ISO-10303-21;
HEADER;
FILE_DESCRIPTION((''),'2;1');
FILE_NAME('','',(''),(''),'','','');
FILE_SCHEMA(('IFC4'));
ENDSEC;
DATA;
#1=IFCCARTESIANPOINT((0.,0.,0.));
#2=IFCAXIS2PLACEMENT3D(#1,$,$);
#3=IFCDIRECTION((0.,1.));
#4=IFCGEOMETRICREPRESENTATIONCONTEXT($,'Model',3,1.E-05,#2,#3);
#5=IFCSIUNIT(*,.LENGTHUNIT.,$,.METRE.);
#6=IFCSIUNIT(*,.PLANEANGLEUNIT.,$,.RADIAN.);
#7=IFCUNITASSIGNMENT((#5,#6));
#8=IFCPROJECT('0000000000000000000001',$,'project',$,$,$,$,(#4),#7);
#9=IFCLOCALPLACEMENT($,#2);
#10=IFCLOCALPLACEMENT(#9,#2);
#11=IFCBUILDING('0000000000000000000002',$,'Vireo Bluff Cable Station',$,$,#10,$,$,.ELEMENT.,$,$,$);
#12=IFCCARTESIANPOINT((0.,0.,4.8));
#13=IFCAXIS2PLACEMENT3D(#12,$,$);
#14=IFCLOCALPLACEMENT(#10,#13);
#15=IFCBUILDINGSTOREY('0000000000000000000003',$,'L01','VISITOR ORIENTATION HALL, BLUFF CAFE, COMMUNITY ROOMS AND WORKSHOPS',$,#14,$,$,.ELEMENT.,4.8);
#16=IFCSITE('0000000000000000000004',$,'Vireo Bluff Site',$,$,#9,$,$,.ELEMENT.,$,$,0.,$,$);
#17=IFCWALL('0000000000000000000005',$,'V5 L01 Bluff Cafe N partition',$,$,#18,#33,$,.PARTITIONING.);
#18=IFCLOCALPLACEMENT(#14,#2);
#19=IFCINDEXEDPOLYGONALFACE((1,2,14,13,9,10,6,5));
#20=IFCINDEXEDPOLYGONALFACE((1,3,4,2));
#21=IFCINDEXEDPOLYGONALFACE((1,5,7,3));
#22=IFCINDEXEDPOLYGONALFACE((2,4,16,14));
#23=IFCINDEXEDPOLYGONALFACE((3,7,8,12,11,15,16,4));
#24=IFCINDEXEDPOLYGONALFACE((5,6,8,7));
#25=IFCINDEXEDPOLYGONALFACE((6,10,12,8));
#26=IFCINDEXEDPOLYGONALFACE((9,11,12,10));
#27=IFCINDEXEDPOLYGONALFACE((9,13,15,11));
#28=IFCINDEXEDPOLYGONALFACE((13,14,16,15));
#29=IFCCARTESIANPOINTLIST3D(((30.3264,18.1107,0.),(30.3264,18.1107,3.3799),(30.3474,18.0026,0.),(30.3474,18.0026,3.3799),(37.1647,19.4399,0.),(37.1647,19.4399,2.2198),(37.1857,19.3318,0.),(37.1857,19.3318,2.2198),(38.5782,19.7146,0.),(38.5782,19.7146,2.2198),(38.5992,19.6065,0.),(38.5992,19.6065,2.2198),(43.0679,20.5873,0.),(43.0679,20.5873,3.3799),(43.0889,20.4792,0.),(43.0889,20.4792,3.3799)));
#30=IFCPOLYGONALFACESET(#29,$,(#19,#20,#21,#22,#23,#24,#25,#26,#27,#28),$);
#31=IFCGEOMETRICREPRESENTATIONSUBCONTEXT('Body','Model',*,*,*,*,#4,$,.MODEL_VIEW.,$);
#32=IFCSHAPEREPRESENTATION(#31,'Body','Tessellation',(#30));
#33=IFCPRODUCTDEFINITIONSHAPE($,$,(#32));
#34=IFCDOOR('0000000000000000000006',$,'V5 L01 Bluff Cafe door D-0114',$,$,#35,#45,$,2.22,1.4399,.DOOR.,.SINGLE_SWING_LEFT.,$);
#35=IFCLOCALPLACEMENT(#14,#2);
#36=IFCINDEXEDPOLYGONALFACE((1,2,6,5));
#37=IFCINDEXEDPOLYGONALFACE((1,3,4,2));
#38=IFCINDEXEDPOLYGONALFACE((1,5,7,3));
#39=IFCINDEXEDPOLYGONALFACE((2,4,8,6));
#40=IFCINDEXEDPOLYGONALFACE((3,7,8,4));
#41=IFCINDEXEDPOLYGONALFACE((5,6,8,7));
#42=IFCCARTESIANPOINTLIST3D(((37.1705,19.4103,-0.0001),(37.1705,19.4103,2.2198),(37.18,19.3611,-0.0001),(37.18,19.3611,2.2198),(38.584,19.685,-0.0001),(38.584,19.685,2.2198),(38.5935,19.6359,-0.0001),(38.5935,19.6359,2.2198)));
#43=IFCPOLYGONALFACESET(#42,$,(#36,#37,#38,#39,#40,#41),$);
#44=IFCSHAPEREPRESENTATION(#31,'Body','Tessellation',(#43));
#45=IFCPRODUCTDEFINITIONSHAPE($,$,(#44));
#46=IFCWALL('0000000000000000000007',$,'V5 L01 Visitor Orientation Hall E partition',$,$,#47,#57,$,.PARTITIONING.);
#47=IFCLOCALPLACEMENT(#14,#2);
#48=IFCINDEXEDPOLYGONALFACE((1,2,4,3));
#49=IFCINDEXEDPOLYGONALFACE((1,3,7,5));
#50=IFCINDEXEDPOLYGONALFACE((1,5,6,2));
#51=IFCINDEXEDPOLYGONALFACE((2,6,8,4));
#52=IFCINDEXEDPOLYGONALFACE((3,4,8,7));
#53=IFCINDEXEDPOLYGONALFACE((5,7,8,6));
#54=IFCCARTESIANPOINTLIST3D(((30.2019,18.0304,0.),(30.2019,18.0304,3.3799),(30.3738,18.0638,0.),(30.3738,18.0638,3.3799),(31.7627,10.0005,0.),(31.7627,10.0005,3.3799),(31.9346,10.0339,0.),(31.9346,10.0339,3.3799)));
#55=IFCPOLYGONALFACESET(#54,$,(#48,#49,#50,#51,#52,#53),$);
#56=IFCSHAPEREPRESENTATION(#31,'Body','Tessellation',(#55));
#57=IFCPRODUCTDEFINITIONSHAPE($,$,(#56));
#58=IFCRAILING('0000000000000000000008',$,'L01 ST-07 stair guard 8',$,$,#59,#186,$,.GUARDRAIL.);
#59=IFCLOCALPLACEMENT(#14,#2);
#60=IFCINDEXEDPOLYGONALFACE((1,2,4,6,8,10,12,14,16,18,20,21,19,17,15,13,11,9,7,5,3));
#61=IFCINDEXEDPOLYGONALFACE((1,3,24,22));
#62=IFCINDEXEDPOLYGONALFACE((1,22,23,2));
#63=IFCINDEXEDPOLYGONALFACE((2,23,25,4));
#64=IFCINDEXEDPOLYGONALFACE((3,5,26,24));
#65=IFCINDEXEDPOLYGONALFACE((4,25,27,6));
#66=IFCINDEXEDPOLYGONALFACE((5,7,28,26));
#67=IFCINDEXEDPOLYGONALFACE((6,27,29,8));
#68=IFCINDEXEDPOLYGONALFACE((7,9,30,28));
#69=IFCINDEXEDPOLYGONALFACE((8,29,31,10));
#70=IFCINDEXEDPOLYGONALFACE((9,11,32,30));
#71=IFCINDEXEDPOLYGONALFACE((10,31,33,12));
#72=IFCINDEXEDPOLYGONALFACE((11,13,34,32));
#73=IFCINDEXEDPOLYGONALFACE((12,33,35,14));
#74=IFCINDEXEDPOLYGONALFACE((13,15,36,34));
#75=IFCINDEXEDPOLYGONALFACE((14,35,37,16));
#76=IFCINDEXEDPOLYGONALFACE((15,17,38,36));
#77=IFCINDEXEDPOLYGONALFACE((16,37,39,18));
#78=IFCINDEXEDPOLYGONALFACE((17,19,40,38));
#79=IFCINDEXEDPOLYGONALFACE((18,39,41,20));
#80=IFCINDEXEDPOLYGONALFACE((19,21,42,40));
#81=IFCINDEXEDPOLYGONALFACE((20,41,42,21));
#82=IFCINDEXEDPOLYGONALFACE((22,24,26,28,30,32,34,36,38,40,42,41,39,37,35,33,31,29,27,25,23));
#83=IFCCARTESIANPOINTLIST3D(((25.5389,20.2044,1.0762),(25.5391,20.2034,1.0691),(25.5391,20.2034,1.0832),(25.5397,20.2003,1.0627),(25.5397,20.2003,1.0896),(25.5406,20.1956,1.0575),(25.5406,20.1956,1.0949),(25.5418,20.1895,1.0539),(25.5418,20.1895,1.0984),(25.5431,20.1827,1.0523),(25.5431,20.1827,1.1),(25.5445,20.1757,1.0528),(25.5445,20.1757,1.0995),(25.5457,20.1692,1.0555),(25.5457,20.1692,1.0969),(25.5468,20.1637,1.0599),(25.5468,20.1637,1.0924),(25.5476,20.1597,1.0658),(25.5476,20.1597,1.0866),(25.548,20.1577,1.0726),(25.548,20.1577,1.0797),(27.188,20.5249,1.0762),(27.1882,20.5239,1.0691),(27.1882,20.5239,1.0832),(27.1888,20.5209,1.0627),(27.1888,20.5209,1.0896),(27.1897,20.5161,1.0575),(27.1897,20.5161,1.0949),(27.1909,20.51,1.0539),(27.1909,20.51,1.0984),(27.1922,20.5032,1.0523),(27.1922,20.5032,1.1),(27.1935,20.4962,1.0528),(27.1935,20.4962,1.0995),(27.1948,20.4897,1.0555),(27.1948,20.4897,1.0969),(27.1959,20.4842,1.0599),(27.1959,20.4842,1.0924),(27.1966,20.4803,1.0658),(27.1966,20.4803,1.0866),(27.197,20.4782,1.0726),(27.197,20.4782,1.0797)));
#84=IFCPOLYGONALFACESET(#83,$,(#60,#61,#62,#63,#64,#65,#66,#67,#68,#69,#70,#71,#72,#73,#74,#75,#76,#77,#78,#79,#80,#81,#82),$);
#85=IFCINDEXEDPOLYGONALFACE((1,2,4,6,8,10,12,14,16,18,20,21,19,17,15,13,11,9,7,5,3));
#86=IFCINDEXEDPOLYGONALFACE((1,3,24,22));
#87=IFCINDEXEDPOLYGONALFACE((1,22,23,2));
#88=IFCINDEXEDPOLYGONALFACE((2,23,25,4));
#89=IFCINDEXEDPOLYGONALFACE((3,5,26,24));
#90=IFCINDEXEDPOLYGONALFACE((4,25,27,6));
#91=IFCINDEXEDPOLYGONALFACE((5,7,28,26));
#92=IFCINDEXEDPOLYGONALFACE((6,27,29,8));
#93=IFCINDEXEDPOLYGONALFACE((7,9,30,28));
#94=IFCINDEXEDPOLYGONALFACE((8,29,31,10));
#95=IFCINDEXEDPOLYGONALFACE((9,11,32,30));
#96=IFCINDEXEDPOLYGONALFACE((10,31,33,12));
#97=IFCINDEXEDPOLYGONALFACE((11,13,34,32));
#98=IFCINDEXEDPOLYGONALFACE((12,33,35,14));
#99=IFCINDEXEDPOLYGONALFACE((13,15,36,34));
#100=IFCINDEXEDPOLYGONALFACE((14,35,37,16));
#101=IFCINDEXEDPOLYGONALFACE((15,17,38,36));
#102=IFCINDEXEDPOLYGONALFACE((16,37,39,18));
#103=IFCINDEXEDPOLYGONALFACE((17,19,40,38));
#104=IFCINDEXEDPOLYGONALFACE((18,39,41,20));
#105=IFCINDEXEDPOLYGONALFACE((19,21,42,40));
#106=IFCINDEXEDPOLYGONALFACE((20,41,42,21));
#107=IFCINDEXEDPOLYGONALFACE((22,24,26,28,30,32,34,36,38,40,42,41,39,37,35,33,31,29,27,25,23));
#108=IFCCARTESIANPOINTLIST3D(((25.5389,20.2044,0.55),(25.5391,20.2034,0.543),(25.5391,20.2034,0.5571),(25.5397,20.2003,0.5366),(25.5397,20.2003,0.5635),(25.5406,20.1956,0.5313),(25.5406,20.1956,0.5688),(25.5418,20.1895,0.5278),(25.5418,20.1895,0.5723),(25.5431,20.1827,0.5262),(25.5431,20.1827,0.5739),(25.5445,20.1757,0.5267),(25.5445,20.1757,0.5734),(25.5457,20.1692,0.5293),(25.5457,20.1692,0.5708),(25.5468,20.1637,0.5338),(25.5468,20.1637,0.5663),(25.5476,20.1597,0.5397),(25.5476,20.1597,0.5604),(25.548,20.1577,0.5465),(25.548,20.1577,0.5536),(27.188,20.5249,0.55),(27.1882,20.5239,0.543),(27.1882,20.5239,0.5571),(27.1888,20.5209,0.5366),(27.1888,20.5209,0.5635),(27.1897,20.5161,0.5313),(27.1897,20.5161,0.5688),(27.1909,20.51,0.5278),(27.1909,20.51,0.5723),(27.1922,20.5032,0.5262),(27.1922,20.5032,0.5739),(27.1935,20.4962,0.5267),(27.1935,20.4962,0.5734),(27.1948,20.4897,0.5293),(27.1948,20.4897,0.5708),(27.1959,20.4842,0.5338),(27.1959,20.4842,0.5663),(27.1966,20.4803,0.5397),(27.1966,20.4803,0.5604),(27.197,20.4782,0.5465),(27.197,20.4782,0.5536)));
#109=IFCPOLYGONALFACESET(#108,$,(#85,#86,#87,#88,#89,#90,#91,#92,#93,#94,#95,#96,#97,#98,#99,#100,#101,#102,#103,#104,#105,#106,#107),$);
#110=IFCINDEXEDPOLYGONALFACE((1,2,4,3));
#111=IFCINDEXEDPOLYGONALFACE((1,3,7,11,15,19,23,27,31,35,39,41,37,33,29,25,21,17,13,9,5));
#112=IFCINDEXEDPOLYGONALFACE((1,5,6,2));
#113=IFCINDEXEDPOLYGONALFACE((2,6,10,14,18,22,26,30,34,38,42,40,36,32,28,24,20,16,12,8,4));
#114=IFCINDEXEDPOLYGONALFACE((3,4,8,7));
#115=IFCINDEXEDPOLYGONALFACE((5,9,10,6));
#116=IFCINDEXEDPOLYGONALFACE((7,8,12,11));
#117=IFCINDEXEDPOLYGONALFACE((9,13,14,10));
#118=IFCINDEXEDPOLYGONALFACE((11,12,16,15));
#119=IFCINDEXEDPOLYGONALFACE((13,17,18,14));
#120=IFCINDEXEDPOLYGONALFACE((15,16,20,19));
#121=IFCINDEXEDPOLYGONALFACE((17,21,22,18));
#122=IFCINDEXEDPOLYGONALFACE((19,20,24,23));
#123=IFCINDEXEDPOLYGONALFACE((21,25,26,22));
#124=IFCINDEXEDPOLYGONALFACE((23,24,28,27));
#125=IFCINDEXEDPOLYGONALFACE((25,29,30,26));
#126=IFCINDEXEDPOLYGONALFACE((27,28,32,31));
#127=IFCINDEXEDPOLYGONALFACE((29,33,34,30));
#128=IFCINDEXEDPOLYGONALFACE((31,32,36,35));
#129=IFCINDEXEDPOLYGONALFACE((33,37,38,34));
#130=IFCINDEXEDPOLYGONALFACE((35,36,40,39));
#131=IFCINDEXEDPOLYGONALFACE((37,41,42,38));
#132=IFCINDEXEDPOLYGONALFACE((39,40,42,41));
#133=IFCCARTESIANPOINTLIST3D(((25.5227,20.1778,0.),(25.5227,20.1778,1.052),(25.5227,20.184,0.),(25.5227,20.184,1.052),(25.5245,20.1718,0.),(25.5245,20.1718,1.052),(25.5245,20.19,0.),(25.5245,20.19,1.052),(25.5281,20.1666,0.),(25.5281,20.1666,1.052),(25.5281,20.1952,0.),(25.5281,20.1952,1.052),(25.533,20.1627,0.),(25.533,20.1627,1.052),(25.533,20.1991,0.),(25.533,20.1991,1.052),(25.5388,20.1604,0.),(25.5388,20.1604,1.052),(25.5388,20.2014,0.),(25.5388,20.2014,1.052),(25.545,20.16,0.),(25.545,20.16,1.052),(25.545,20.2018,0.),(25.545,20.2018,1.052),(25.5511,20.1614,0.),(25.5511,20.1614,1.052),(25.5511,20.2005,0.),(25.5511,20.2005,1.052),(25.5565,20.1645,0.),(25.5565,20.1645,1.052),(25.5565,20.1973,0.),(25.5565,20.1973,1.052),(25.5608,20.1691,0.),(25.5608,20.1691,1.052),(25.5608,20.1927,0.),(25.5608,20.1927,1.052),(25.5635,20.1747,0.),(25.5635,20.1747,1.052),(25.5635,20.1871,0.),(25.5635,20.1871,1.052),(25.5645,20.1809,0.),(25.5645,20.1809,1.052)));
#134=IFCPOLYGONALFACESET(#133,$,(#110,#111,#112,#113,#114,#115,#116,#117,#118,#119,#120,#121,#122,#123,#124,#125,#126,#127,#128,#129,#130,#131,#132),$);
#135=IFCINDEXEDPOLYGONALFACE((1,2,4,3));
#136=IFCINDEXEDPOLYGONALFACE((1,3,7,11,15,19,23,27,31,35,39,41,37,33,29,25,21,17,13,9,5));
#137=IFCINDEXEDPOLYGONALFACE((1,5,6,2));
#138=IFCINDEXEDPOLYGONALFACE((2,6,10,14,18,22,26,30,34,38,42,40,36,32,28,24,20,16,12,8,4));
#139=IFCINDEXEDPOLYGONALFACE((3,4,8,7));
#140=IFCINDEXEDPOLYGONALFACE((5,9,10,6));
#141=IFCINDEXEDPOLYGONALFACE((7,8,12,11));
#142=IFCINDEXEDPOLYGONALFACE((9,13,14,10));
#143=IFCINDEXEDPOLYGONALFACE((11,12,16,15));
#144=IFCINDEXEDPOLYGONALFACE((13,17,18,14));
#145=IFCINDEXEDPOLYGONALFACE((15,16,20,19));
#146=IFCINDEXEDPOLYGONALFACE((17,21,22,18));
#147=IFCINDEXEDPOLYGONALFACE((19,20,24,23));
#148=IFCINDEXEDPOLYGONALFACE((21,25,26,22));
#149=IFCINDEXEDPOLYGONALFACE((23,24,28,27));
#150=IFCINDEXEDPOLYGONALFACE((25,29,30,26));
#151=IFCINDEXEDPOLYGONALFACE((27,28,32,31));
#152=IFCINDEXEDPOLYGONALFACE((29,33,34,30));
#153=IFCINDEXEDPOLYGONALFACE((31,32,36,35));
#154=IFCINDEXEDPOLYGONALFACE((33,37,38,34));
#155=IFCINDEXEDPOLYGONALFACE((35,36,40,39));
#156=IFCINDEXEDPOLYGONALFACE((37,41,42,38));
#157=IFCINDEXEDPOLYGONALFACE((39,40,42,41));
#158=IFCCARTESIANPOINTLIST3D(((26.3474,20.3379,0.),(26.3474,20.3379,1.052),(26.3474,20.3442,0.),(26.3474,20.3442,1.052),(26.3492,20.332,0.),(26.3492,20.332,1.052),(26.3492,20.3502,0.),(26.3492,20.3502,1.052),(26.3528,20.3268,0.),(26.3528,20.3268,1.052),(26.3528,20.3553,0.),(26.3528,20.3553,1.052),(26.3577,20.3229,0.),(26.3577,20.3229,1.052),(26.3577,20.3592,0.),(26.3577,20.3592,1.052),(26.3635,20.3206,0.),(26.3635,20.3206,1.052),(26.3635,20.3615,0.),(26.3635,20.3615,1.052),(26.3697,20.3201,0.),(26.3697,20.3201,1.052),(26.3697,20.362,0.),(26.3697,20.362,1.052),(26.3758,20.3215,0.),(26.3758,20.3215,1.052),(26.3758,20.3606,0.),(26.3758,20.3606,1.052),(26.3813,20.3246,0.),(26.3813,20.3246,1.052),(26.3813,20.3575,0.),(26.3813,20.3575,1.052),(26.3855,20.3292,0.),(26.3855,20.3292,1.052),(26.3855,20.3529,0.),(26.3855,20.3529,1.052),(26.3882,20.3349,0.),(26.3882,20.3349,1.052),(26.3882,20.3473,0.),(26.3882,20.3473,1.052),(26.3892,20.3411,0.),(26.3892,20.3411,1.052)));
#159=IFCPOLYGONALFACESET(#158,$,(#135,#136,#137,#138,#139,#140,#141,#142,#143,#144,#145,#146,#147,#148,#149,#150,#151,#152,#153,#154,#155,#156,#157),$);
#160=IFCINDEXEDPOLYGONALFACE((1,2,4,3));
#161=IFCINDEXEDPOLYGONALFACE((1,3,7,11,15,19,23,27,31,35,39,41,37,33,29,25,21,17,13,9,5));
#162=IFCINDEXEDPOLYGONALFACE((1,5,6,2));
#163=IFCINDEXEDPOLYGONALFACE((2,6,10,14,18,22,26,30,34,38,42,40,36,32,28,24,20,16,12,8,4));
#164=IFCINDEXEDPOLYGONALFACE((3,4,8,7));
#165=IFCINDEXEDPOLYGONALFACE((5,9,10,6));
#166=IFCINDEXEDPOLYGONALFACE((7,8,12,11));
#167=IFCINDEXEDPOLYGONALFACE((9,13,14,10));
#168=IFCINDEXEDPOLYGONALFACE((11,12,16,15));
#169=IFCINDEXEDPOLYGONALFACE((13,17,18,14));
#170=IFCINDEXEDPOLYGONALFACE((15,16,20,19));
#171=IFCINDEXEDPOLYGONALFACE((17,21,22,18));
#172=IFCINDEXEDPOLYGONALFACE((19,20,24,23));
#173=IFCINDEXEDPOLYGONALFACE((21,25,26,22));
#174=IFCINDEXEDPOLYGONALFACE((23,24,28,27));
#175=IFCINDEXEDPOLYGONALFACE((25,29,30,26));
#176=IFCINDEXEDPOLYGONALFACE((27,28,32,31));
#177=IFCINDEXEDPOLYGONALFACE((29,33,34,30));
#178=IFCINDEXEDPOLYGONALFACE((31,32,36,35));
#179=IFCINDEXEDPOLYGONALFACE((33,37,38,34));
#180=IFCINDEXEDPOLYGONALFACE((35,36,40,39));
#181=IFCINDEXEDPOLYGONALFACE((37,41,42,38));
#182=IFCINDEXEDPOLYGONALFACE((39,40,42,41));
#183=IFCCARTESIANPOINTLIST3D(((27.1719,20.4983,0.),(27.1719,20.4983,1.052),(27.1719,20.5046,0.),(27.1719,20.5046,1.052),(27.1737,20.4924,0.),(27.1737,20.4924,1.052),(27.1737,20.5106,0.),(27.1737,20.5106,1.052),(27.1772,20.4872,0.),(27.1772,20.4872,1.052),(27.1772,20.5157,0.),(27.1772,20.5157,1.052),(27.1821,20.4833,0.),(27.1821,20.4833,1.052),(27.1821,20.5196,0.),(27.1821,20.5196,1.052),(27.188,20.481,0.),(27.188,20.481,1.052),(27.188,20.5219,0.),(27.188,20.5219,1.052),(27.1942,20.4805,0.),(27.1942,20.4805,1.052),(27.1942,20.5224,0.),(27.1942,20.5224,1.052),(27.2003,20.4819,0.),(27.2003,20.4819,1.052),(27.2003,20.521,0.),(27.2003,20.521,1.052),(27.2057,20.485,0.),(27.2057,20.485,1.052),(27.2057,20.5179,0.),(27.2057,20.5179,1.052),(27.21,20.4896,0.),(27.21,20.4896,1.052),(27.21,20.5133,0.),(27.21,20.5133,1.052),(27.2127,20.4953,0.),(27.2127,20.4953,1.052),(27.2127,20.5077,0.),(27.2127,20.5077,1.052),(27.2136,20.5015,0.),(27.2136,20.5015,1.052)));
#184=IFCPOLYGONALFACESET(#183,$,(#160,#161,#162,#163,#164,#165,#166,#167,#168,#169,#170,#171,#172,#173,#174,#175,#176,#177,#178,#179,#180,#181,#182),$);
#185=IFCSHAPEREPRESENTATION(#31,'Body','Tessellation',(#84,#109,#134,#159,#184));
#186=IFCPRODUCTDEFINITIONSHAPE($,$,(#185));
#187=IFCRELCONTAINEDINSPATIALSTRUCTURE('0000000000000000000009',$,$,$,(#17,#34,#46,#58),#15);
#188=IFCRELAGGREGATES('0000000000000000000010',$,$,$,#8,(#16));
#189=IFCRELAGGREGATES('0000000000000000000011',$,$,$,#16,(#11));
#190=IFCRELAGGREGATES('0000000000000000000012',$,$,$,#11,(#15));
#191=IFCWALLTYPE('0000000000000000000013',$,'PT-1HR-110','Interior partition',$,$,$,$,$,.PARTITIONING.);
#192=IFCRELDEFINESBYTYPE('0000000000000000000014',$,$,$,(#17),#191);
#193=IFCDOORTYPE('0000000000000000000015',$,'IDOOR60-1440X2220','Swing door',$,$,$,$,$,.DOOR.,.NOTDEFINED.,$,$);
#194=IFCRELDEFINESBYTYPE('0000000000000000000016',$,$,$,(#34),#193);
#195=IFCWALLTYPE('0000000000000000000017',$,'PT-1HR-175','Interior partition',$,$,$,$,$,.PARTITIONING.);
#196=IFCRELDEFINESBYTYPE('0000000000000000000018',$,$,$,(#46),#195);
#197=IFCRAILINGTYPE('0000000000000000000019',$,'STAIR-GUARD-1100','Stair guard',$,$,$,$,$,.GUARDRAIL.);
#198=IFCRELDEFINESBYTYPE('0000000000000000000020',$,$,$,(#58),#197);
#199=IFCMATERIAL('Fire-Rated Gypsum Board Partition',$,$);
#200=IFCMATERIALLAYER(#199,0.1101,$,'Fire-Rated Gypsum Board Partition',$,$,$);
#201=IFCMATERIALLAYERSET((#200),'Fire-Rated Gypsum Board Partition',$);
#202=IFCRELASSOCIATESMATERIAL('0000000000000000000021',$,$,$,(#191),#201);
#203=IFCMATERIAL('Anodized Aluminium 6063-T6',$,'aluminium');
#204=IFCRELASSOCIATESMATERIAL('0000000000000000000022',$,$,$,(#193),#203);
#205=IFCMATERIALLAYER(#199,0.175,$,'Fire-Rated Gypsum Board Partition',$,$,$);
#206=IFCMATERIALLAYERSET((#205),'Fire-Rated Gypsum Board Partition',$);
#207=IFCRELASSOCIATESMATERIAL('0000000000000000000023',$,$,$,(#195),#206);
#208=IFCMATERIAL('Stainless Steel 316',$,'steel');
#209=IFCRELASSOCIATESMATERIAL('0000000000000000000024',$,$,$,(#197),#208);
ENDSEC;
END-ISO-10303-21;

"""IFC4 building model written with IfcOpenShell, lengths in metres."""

from ifc_helpers import new_model, si_unit, direction, frame, frame_2d, origin, origin_with_axes, origin_2d, place, context, subcontext, project, spatial, rectangle, circle, extrude, material, layer, layer_set, type_object, element, fill, save


model = new_model("IFC4")

# Units and contexts
model_context = context("Model", 3, precision=1e-05, world=origin(), true_north=direction((0.0, 1.0)))
body_context = subcontext(model_context, "Body", "Model", "MODEL_VIEW")
ifc_project = project(units=[si_unit("LENGTHUNIT", "METRE"), si_unit("PLANEANGLEUNIT", "RADIAN")], contexts=[model_context])

# Site, building, storey
site_placement = place(None, origin())
site = spatial("IfcSite", under=ifc_project, at=site_placement, Name="Vireo Bluff Site", CompositionType="ELEMENT", RefElevation=0.0)
building_placement = place(site_placement, origin())
building = spatial("IfcBuilding", under=site, at=building_placement, Name="Vireo Bluff Cable Station", CompositionType="ELEMENT")
storey_placement = place(building_placement, frame((0.0, 0.0, 4.8)))
storey = spatial("IfcBuildingStorey", under=building, at=storey_placement, Name="L01", Description="VISITOR ORIENTATION HALL, BLUFF CAFE, COMMUNITY ROOMS AND WORKSHOPS", CompositionType="ELEMENT", Elevation=4.8)

# Shared definitions
ifc_material_1 = material(Name="Anodized Aluminium 6063-T6", Category="aluminium")

# Wall, opening, door
ifc_material_2 = material(Name="Fire-Rated Gypsum Board Partition")
ifc_layer_1 = layer(ifc_material_2, 0.1101, Name="Fire-Rated Gypsum Board Partition")
ifc_layer_set_1 = layer_set([ifc_layer_1], Name="Fire-Rated Gypsum Board Partition")
wall_type_1 = type_object("IfcWallType", Name="PT-1HR-110", Description="Interior partition", PredefinedType="PARTITIONING", material=ifc_layer_set_1)
wall_1_placement = place(storey_placement, frame((30.3369, 18.0566, 0.0), z_axis=(0.0, 0.0, 1.0), x_axis=(0.981629, 0.1908, 0.0)))
wall_1 = element("IfcWall", 1, at=wall_1_placement, inside=storey, type_object=wall_type_1, Name="V5 L01 Bluff Cafe N partition", PredefinedType="PARTITIONING", context=body_context, shape_type="SweptSolid", body=[
    extrude(rectangle(XDim=12.98, YDim=0.1101, at=frame_2d((6.49, 0.0))), origin(), (0.0, 0.0, 1.0), 3.3799),
])
opening_placement = place(wall_1_placement, frame((6.9663, 0.0, 0.0)))
opening = element("IfcOpeningElement", 2, at=opening_placement, cuts=wall_1, PredefinedType="OPENING", context=body_context, shape_type="SweptSolid", body=[
    extrude(rectangle(XDim=1.4399, YDim=2.22, at=frame_2d((0.72, 1.1099))), frame((0.0, 0.0649, 0.0), z_axis=(0.0, -1.0, 0.0), x_axis=(1.0, 0.0, 0.0)), (0.0, 0.0, 1.0), 0.1301),
])
door_type = type_object("IfcDoorType", Name="IDOOR60-1440X2220", Description="Swing door", OperationType="NOTDEFINED", PredefinedType="DOOR", material=ifc_material_1)
door_placement = place(opening_placement, origin_with_axes())
door = element("IfcDoor", 3, at=door_placement, inside=storey, type_object=door_type, Name="V5 L01 Bluff Cafe door D-0114", OperationType="SINGLE_SWING_LEFT", OverallHeight=2.22, OverallWidth=1.4399, PredefinedType="DOOR", context=body_context, shape_type="SweptSolid", body=[
    extrude(rectangle(XDim=1.4399, YDim=2.22, at=frame_2d((0.72, 1.1099))), frame((0.0, 0.0249, 0.0), z_axis=(0.0, -1.0, 0.0), x_axis=(1.0, 0.0, 0.0)), (0.0, 0.0, 1.0), 0.05),
])
fill(opening, door)

# Wall
ifc_layer_2 = layer(ifc_material_2, 0.175, Name="Fire-Rated Gypsum Board Partition")
ifc_layer_set_2 = layer_set([ifc_layer_2], Name="Fire-Rated Gypsum Board Partition")
wall_type_2 = type_object("IfcWallType", Name="PT-1HR-175", Description="Interior partition", PredefinedType="PARTITIONING", material=ifc_layer_set_2)
wall_2_placement = place(storey_placement, frame((30.2878, 18.0471, 0.0), z_axis=(0.0, 0.0, 1.0), x_axis=(0.190804, -0.981628, 0.0)))
element("IfcWall", 4, at=wall_2_placement, inside=storey, type_object=wall_type_2, Name="V5 L01 Visitor Orientation Hall E partition", PredefinedType="PARTITIONING", context=body_context, shape_type="SweptSolid", body=[
    extrude(rectangle(XDim=8.1802, YDim=0.175, at=frame_2d((4.0901, 0.0))), origin(), (0.0, 0.0, 1.0), 3.3799),
])

# Railing
ifc_material_3 = material(Name="Stainless Steel 316", Category="steel")
railing_type = type_object("IfcRailingType", Name="STAIR-GUARD-1100", Description="Stair guard", PredefinedType="GUARDRAIL", material=ifc_material_3)
railing_1_placement = place(storey_placement, frame((25.5435, 20.1809, 0.0)))
element("IfcRailing", 5, at=railing_1_placement, inside=storey, type_object=railing_type, Name="L01 ST-07 stair guard 8", PredefinedType="GUARDRAIL", context=body_context, shape_type="SweptSolid", body=[
    extrude(circle(Radius=0.0239, at=origin_2d()), frame((0.0, 0.0, 1.0762), z_axis=(0.981628, 0.190804, 0.0), x_axis=(-0.190804, 0.981628, 0.0)), (0.0, 0.0, 1.0), 1.6799),
    extrude(circle(Radius=0.0239, at=origin_2d()), frame((0.0, 0.0, 0.55), z_axis=(0.981628, 0.190804, 0.0), x_axis=(-0.190804, 0.981628, 0.0)), (0.0, 0.0, 1.0), 1.6799),
    extrude(circle(Radius=0.021, at=origin_2d()), origin(), (0.0, 0.0, 1.0), 1.052),
    extrude(circle(Radius=0.021, at=origin_2d()), frame((0.8247, 0.1602, 0.0)), (0.0, 0.0, 1.0), 1.052),
    extrude(circle(Radius=0.021, at=origin_2d()), frame((1.6492, 0.3206, 0.0)), (0.0, 0.0, 1.0), 1.052),
])

save(model, "model.ifc")
